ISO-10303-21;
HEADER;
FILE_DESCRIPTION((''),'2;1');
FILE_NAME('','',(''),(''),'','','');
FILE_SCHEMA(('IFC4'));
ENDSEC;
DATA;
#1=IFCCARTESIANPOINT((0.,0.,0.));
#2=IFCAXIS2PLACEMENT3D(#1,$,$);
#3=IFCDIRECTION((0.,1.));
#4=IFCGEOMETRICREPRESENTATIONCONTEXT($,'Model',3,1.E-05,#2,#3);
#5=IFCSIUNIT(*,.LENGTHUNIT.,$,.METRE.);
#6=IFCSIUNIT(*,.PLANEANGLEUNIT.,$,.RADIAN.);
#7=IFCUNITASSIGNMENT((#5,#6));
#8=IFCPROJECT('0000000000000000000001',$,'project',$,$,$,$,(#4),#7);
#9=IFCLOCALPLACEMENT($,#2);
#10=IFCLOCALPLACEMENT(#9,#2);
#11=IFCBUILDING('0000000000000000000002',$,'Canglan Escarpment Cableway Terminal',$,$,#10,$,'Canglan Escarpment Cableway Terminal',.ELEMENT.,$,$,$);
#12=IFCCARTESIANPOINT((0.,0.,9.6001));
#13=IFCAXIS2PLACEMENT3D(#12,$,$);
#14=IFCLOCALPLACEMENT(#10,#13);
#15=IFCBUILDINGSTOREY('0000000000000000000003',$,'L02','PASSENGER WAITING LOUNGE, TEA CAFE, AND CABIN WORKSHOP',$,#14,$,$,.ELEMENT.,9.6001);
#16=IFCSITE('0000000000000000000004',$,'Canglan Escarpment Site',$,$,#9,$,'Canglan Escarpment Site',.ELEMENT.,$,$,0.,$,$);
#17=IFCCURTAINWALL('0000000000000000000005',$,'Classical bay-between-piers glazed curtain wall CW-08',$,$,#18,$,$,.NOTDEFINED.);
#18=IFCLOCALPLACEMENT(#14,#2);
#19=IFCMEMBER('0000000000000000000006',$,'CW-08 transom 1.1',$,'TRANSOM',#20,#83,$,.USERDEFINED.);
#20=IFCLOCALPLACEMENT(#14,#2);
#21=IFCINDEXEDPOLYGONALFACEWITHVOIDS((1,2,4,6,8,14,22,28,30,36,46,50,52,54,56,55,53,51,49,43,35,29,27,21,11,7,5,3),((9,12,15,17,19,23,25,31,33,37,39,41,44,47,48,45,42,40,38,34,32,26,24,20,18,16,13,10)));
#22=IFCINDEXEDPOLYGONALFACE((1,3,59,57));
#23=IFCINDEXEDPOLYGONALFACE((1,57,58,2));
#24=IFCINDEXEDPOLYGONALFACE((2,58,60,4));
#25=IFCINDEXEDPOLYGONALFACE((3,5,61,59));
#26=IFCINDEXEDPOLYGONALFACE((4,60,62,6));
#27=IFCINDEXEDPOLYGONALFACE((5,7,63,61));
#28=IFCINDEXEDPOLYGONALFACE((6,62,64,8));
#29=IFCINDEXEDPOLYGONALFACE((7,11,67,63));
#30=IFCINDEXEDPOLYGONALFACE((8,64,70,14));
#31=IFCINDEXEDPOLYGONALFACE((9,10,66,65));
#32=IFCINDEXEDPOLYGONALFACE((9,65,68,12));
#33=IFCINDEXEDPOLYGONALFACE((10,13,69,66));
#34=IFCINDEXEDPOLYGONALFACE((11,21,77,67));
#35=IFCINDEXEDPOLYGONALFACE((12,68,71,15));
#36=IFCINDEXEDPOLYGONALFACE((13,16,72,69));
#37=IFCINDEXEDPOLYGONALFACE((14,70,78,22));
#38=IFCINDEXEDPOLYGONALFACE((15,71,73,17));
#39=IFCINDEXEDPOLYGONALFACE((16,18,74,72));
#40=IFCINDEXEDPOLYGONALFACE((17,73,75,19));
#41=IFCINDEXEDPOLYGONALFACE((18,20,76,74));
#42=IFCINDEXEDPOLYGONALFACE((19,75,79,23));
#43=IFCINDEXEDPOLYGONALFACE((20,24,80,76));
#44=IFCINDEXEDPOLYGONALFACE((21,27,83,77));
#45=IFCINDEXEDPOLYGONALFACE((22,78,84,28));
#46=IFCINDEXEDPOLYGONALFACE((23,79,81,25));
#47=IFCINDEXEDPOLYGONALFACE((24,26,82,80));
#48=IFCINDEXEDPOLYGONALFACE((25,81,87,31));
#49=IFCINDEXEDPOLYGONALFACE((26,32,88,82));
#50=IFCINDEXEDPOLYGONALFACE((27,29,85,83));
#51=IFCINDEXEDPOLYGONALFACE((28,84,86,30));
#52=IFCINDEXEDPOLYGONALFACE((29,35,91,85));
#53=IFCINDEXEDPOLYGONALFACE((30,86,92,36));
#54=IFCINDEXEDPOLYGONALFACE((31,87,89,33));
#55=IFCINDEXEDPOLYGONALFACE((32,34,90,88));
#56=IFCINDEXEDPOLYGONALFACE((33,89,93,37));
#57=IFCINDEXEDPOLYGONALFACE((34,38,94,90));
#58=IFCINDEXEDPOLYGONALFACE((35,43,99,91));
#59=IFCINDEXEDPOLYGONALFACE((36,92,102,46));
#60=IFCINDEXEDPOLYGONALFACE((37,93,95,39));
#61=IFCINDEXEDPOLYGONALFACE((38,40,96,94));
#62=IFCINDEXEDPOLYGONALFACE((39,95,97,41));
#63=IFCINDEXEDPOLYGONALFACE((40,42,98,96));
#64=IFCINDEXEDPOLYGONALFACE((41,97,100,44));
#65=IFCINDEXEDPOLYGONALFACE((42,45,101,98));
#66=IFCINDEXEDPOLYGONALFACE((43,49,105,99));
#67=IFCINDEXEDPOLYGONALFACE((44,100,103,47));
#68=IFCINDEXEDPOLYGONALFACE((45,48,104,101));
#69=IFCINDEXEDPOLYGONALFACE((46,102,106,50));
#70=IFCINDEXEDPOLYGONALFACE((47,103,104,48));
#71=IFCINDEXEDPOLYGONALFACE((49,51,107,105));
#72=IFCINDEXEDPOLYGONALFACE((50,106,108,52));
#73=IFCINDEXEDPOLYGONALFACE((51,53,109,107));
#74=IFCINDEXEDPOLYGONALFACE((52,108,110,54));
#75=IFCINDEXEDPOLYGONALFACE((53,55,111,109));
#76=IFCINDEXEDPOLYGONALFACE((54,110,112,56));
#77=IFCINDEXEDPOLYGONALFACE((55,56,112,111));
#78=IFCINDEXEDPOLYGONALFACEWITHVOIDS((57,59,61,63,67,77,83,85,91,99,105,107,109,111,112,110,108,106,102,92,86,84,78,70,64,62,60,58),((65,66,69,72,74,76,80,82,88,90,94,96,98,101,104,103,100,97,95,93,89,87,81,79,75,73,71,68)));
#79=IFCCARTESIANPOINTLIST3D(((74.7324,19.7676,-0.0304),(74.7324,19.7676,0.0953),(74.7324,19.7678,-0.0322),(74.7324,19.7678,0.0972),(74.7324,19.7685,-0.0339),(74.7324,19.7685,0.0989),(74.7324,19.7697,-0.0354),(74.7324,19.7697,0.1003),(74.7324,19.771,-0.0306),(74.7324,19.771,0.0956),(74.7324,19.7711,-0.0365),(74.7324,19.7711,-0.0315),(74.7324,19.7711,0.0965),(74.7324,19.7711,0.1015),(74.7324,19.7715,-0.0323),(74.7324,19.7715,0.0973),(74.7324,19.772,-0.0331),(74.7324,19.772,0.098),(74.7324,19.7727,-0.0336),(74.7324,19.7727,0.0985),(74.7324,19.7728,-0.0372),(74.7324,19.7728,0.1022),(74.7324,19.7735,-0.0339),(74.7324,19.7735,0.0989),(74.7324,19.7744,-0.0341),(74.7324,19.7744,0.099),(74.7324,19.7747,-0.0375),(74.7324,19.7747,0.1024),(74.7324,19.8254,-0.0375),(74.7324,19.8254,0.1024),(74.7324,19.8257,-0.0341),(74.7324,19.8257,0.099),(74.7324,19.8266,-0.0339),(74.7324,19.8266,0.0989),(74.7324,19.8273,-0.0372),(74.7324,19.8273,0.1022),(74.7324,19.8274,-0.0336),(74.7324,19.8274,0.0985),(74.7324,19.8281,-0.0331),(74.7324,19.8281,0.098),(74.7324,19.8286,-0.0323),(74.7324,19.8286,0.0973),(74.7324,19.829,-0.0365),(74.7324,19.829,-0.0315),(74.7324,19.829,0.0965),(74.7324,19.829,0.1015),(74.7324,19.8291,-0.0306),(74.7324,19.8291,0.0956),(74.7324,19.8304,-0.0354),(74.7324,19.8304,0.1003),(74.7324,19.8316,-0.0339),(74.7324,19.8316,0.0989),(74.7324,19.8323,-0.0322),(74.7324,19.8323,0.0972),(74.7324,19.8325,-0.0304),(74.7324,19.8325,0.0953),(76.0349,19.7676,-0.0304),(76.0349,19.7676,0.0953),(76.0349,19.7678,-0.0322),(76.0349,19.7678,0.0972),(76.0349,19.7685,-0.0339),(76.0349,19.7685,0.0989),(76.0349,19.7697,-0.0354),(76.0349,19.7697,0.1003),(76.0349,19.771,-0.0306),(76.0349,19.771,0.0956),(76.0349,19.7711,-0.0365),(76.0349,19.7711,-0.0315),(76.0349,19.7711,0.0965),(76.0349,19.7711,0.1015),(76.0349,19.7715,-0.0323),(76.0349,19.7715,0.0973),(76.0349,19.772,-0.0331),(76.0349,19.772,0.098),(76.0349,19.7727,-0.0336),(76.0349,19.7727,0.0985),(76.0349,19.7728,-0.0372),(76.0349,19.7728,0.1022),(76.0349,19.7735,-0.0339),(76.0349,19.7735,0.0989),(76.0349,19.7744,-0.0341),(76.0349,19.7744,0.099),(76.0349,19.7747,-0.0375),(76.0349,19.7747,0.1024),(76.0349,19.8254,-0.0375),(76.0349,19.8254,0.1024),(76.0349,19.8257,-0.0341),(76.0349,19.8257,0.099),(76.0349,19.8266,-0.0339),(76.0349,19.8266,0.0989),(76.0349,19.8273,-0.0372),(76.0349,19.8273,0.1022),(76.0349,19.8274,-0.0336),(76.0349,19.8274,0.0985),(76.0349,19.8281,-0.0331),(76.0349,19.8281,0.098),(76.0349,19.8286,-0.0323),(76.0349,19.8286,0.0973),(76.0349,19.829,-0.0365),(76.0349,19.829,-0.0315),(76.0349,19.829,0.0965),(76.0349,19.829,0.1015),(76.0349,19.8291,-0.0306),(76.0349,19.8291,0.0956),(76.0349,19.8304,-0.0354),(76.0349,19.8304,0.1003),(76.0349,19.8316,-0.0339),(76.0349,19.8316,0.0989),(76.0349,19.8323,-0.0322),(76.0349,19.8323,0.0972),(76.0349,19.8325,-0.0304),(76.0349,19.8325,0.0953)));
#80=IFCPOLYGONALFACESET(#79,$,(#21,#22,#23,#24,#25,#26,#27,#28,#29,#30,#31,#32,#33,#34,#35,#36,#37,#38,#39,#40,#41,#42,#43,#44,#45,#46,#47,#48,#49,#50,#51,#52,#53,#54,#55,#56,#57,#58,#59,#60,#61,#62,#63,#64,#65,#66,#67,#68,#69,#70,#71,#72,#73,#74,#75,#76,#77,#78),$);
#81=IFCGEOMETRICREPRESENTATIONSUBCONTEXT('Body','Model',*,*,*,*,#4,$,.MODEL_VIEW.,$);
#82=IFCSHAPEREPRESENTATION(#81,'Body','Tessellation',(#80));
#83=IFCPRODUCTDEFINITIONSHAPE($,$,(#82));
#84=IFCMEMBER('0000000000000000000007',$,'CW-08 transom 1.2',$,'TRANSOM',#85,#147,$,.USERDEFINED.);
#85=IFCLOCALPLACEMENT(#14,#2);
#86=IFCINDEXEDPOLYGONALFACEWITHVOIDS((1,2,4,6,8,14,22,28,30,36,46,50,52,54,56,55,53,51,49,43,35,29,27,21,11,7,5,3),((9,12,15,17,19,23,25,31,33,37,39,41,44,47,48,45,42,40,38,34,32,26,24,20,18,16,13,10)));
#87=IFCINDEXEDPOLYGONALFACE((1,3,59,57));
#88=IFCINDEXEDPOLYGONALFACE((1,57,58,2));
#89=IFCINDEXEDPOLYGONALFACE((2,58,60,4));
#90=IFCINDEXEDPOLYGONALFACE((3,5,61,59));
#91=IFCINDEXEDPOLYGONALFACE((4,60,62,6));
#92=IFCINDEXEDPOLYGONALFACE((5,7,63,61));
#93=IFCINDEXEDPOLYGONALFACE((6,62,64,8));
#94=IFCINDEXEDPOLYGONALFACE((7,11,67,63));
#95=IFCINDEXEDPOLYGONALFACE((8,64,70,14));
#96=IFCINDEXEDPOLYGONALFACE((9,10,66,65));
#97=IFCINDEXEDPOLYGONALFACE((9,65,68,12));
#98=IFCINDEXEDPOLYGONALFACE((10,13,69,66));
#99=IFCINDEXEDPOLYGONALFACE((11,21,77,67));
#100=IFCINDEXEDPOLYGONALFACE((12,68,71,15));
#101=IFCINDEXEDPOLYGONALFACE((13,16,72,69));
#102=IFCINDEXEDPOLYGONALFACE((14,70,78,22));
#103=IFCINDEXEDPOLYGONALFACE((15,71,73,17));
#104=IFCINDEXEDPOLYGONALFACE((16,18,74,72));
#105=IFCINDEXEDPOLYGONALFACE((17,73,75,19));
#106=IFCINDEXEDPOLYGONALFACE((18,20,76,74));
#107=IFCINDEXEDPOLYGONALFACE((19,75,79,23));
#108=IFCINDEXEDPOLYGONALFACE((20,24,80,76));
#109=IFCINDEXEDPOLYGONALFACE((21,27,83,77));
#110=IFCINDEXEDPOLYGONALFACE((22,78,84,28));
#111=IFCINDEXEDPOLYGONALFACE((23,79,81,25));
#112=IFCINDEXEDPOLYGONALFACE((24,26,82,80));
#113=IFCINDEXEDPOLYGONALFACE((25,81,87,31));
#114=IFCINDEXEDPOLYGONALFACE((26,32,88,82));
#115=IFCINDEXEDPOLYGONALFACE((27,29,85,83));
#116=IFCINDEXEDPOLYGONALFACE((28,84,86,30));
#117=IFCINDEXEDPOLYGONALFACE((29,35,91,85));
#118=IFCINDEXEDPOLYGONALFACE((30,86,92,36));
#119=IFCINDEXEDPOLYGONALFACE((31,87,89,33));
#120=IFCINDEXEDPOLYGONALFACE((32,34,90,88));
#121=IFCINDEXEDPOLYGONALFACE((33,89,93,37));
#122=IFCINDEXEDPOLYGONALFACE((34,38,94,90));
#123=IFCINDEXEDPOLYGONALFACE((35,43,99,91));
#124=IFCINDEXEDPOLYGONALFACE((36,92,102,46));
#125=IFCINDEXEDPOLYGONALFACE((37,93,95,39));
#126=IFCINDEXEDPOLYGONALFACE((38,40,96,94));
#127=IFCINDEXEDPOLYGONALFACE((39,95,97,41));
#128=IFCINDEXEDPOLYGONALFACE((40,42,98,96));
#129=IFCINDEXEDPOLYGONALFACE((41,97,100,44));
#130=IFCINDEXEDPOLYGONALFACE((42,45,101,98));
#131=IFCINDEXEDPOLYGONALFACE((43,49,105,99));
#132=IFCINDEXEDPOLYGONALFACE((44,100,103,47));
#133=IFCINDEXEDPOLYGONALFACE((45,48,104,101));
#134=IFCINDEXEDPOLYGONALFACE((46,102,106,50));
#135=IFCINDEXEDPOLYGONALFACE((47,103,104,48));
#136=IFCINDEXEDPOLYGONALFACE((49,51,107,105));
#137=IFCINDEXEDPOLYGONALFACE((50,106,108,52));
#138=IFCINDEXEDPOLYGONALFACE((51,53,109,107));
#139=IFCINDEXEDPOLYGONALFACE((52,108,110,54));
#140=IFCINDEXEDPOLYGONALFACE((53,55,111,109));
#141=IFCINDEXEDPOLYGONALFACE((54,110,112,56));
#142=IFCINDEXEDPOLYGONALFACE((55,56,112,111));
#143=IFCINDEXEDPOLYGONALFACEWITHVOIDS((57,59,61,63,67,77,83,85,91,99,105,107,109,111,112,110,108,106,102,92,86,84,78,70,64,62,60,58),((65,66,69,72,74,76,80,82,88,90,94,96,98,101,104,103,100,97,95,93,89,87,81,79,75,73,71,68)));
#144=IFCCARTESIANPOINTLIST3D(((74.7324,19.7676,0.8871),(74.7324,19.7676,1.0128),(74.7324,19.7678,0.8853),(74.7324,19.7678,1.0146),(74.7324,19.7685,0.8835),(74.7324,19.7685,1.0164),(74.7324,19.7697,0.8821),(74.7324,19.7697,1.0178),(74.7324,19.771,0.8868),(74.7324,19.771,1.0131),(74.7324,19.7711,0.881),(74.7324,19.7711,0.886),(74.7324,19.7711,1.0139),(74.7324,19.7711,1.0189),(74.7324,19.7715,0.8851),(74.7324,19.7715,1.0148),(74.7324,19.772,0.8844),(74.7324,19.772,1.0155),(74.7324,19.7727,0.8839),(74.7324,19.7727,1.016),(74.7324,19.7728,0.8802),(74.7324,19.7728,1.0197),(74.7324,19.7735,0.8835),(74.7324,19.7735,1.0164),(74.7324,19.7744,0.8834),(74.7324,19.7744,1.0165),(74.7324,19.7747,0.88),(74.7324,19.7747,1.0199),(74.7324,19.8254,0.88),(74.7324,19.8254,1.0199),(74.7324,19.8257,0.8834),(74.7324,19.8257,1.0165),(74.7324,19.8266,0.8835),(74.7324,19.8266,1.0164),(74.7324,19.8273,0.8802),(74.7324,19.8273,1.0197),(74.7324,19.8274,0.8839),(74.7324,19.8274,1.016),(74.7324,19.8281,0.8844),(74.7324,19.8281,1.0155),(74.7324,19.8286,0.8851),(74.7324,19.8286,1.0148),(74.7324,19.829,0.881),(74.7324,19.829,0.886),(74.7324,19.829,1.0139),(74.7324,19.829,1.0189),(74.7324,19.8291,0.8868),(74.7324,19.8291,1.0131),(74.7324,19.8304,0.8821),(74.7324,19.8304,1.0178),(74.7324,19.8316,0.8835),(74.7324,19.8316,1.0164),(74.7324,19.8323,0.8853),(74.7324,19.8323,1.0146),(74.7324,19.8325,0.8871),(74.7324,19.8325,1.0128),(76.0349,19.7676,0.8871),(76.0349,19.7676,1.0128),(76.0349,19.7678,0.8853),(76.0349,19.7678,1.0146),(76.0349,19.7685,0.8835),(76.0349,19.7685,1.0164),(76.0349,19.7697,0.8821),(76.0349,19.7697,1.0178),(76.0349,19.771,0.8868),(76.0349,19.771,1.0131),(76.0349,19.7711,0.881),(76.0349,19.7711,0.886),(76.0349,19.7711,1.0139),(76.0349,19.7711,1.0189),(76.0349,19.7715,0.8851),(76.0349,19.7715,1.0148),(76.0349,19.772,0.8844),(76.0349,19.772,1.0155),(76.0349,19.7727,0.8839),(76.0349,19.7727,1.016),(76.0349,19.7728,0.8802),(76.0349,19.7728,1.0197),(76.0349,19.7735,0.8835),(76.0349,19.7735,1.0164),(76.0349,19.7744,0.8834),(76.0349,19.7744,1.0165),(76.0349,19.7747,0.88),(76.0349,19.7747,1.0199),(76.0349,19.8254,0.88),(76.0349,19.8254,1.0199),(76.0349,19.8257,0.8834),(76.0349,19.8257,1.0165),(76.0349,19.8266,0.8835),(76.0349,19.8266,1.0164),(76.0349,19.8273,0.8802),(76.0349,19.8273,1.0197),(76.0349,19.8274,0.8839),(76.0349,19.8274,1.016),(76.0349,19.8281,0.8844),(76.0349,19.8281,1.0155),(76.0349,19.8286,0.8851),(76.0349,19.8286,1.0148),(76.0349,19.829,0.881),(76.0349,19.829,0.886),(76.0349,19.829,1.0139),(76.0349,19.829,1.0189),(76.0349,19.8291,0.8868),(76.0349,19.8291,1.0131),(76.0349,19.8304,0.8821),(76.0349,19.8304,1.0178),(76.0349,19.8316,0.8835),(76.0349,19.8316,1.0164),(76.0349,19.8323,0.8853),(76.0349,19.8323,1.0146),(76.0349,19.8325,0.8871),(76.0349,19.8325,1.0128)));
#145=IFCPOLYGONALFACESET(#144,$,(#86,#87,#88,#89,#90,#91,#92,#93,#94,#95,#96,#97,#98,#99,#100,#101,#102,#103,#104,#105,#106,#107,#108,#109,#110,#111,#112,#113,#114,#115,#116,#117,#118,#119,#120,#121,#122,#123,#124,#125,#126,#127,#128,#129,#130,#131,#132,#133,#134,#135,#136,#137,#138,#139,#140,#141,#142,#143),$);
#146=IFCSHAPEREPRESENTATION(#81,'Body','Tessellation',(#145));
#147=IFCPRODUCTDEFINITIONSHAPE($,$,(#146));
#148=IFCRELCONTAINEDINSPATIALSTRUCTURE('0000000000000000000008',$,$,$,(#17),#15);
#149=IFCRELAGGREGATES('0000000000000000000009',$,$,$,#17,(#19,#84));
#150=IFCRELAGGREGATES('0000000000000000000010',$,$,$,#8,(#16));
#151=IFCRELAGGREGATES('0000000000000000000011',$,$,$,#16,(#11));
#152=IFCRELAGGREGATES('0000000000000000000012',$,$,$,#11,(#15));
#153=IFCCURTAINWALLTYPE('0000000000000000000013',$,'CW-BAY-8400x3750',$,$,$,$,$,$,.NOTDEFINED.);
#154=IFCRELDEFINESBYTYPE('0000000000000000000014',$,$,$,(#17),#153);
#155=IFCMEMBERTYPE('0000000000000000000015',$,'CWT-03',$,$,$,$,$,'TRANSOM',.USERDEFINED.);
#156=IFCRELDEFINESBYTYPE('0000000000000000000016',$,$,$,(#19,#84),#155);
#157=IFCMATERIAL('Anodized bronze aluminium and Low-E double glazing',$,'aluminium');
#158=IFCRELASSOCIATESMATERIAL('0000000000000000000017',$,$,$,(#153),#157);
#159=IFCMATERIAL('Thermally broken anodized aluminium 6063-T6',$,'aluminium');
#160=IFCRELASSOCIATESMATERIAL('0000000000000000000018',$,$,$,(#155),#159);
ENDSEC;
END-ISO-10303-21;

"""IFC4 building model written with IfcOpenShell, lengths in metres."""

from ifc_helpers import new_model, si_unit, direction, frame, origin, origin_2d, place, context, subcontext, project, spatial, hollow_rectangle, extrude, material, material_profile, profile_set, type_object, element, aggregate, save


model = new_model("IFC4")

# Units and contexts
model_context = context("Model", 3, precision=1e-05, world=origin(), true_north=direction((0.0, 1.0)))
body_context = subcontext(model_context, "Body", "Model", "MODEL_VIEW")
ifc_project = project(units=[si_unit("LENGTHUNIT", "METRE"), si_unit("PLANEANGLEUNIT", "RADIAN")], contexts=[model_context])

# Site, building, storey
site_placement = place(None, origin())
site = spatial("IfcSite", under=ifc_project, at=site_placement, Name="Canglan Escarpment Site", LongName="Canglan Escarpment Site", CompositionType="ELEMENT", RefElevation=0.0)
building_placement = place(site_placement, origin())
building = spatial("IfcBuilding", under=site, at=building_placement, Name="Canglan Escarpment Cableway Terminal", LongName="Canglan Escarpment Cableway Terminal", CompositionType="ELEMENT")
storey_placement = place(building_placement, frame((0.0, 0.0, 9.6001)))
storey = spatial("IfcBuildingStorey", under=building, at=storey_placement, Name="L02", Description="PASSENGER WAITING LOUNGE, TEA CAFE, AND CABIN WORKSHOP", CompositionType="ELEMENT", Elevation=9.6001)

# Curtain wall, members
ifc_material_1 = material(Name="Anodized bronze aluminium and Low-E double glazing", Category="aluminium")
curtain_wall_type = type_object("IfcCurtainWallType", Name="CW-BAY-8400x3750", PredefinedType="NOTDEFINED", material=ifc_material_1)
curtain_wall_placement = place(storey_placement, origin())
curtain_wall = element("IfcCurtainWall", 1, at=curtain_wall_placement, inside=storey, type_object=curtain_wall_type, Name="Classical bay-between-piers glazed curtain wall CW-08", PredefinedType="NOTDEFINED")
ifc_material_2 = material(Name="Thermally broken anodized aluminium 6063-T6", Category="aluminium")
ifc_material_profile_1 = material_profile(ifc_material_2, hollow_rectangle(XDim=0.0649, YDim=0.1399, WallThickness=0.0034, InnerFilletRadius=0.0034, OuterFilletRadius=0.0071, at=origin_2d()), Name="ALU-TRAN 65x140x3.5")
ifc_profile_set_1 = profile_set([ifc_material_profile_1], Name="Thermally broken anodized aluminium 6063-T6")
member_type_1 = type_object("IfcMemberType", Name="CWT-03", ElementType="TRANSOM", PredefinedType="USERDEFINED", material=ifc_profile_set_1)
member_1_placement = place(storey_placement, frame((76.0349, 19.8, 0.0325), z_axis=(-1.0, 0.0, 0.0), x_axis=(0.0, -1.0, 0.0)))
member_1 = element("IfcMember", 2, at=member_1_placement, type_object=member_type_1, Name="CW-08 transom 1.1", ObjectType="TRANSOM", PredefinedType="USERDEFINED", context=body_context, shape_type="SweptSolid", body=[
    extrude(hollow_rectangle(XDim=0.0649, YDim=0.1399, WallThickness=0.0034, InnerFilletRadius=0.0034, OuterFilletRadius=0.0071, at=origin_2d()), origin(), (0.0, 0.0, 1.0), 1.3025),
])
member_2_placement = place(storey_placement, frame((76.0349, 19.8, 0.95), z_axis=(-1.0, 0.0, 0.0), x_axis=(0.0, -1.0, 0.0)))
member_2 = element("IfcMember", 3, at=member_2_placement, type_object=member_type_1, Name="CW-08 transom 1.2", ObjectType="TRANSOM", PredefinedType="USERDEFINED", context=body_context, shape_type="SweptSolid", body=[
    extrude(hollow_rectangle(XDim=0.0649, YDim=0.1399, WallThickness=0.0034, InnerFilletRadius=0.0034, OuterFilletRadius=0.0071, at=origin_2d()), origin(), (0.0, 0.0, 1.0), 1.3025),
])

aggregate(curtain_wall, [member_1, member_2])

save(model, "model.ifc")
